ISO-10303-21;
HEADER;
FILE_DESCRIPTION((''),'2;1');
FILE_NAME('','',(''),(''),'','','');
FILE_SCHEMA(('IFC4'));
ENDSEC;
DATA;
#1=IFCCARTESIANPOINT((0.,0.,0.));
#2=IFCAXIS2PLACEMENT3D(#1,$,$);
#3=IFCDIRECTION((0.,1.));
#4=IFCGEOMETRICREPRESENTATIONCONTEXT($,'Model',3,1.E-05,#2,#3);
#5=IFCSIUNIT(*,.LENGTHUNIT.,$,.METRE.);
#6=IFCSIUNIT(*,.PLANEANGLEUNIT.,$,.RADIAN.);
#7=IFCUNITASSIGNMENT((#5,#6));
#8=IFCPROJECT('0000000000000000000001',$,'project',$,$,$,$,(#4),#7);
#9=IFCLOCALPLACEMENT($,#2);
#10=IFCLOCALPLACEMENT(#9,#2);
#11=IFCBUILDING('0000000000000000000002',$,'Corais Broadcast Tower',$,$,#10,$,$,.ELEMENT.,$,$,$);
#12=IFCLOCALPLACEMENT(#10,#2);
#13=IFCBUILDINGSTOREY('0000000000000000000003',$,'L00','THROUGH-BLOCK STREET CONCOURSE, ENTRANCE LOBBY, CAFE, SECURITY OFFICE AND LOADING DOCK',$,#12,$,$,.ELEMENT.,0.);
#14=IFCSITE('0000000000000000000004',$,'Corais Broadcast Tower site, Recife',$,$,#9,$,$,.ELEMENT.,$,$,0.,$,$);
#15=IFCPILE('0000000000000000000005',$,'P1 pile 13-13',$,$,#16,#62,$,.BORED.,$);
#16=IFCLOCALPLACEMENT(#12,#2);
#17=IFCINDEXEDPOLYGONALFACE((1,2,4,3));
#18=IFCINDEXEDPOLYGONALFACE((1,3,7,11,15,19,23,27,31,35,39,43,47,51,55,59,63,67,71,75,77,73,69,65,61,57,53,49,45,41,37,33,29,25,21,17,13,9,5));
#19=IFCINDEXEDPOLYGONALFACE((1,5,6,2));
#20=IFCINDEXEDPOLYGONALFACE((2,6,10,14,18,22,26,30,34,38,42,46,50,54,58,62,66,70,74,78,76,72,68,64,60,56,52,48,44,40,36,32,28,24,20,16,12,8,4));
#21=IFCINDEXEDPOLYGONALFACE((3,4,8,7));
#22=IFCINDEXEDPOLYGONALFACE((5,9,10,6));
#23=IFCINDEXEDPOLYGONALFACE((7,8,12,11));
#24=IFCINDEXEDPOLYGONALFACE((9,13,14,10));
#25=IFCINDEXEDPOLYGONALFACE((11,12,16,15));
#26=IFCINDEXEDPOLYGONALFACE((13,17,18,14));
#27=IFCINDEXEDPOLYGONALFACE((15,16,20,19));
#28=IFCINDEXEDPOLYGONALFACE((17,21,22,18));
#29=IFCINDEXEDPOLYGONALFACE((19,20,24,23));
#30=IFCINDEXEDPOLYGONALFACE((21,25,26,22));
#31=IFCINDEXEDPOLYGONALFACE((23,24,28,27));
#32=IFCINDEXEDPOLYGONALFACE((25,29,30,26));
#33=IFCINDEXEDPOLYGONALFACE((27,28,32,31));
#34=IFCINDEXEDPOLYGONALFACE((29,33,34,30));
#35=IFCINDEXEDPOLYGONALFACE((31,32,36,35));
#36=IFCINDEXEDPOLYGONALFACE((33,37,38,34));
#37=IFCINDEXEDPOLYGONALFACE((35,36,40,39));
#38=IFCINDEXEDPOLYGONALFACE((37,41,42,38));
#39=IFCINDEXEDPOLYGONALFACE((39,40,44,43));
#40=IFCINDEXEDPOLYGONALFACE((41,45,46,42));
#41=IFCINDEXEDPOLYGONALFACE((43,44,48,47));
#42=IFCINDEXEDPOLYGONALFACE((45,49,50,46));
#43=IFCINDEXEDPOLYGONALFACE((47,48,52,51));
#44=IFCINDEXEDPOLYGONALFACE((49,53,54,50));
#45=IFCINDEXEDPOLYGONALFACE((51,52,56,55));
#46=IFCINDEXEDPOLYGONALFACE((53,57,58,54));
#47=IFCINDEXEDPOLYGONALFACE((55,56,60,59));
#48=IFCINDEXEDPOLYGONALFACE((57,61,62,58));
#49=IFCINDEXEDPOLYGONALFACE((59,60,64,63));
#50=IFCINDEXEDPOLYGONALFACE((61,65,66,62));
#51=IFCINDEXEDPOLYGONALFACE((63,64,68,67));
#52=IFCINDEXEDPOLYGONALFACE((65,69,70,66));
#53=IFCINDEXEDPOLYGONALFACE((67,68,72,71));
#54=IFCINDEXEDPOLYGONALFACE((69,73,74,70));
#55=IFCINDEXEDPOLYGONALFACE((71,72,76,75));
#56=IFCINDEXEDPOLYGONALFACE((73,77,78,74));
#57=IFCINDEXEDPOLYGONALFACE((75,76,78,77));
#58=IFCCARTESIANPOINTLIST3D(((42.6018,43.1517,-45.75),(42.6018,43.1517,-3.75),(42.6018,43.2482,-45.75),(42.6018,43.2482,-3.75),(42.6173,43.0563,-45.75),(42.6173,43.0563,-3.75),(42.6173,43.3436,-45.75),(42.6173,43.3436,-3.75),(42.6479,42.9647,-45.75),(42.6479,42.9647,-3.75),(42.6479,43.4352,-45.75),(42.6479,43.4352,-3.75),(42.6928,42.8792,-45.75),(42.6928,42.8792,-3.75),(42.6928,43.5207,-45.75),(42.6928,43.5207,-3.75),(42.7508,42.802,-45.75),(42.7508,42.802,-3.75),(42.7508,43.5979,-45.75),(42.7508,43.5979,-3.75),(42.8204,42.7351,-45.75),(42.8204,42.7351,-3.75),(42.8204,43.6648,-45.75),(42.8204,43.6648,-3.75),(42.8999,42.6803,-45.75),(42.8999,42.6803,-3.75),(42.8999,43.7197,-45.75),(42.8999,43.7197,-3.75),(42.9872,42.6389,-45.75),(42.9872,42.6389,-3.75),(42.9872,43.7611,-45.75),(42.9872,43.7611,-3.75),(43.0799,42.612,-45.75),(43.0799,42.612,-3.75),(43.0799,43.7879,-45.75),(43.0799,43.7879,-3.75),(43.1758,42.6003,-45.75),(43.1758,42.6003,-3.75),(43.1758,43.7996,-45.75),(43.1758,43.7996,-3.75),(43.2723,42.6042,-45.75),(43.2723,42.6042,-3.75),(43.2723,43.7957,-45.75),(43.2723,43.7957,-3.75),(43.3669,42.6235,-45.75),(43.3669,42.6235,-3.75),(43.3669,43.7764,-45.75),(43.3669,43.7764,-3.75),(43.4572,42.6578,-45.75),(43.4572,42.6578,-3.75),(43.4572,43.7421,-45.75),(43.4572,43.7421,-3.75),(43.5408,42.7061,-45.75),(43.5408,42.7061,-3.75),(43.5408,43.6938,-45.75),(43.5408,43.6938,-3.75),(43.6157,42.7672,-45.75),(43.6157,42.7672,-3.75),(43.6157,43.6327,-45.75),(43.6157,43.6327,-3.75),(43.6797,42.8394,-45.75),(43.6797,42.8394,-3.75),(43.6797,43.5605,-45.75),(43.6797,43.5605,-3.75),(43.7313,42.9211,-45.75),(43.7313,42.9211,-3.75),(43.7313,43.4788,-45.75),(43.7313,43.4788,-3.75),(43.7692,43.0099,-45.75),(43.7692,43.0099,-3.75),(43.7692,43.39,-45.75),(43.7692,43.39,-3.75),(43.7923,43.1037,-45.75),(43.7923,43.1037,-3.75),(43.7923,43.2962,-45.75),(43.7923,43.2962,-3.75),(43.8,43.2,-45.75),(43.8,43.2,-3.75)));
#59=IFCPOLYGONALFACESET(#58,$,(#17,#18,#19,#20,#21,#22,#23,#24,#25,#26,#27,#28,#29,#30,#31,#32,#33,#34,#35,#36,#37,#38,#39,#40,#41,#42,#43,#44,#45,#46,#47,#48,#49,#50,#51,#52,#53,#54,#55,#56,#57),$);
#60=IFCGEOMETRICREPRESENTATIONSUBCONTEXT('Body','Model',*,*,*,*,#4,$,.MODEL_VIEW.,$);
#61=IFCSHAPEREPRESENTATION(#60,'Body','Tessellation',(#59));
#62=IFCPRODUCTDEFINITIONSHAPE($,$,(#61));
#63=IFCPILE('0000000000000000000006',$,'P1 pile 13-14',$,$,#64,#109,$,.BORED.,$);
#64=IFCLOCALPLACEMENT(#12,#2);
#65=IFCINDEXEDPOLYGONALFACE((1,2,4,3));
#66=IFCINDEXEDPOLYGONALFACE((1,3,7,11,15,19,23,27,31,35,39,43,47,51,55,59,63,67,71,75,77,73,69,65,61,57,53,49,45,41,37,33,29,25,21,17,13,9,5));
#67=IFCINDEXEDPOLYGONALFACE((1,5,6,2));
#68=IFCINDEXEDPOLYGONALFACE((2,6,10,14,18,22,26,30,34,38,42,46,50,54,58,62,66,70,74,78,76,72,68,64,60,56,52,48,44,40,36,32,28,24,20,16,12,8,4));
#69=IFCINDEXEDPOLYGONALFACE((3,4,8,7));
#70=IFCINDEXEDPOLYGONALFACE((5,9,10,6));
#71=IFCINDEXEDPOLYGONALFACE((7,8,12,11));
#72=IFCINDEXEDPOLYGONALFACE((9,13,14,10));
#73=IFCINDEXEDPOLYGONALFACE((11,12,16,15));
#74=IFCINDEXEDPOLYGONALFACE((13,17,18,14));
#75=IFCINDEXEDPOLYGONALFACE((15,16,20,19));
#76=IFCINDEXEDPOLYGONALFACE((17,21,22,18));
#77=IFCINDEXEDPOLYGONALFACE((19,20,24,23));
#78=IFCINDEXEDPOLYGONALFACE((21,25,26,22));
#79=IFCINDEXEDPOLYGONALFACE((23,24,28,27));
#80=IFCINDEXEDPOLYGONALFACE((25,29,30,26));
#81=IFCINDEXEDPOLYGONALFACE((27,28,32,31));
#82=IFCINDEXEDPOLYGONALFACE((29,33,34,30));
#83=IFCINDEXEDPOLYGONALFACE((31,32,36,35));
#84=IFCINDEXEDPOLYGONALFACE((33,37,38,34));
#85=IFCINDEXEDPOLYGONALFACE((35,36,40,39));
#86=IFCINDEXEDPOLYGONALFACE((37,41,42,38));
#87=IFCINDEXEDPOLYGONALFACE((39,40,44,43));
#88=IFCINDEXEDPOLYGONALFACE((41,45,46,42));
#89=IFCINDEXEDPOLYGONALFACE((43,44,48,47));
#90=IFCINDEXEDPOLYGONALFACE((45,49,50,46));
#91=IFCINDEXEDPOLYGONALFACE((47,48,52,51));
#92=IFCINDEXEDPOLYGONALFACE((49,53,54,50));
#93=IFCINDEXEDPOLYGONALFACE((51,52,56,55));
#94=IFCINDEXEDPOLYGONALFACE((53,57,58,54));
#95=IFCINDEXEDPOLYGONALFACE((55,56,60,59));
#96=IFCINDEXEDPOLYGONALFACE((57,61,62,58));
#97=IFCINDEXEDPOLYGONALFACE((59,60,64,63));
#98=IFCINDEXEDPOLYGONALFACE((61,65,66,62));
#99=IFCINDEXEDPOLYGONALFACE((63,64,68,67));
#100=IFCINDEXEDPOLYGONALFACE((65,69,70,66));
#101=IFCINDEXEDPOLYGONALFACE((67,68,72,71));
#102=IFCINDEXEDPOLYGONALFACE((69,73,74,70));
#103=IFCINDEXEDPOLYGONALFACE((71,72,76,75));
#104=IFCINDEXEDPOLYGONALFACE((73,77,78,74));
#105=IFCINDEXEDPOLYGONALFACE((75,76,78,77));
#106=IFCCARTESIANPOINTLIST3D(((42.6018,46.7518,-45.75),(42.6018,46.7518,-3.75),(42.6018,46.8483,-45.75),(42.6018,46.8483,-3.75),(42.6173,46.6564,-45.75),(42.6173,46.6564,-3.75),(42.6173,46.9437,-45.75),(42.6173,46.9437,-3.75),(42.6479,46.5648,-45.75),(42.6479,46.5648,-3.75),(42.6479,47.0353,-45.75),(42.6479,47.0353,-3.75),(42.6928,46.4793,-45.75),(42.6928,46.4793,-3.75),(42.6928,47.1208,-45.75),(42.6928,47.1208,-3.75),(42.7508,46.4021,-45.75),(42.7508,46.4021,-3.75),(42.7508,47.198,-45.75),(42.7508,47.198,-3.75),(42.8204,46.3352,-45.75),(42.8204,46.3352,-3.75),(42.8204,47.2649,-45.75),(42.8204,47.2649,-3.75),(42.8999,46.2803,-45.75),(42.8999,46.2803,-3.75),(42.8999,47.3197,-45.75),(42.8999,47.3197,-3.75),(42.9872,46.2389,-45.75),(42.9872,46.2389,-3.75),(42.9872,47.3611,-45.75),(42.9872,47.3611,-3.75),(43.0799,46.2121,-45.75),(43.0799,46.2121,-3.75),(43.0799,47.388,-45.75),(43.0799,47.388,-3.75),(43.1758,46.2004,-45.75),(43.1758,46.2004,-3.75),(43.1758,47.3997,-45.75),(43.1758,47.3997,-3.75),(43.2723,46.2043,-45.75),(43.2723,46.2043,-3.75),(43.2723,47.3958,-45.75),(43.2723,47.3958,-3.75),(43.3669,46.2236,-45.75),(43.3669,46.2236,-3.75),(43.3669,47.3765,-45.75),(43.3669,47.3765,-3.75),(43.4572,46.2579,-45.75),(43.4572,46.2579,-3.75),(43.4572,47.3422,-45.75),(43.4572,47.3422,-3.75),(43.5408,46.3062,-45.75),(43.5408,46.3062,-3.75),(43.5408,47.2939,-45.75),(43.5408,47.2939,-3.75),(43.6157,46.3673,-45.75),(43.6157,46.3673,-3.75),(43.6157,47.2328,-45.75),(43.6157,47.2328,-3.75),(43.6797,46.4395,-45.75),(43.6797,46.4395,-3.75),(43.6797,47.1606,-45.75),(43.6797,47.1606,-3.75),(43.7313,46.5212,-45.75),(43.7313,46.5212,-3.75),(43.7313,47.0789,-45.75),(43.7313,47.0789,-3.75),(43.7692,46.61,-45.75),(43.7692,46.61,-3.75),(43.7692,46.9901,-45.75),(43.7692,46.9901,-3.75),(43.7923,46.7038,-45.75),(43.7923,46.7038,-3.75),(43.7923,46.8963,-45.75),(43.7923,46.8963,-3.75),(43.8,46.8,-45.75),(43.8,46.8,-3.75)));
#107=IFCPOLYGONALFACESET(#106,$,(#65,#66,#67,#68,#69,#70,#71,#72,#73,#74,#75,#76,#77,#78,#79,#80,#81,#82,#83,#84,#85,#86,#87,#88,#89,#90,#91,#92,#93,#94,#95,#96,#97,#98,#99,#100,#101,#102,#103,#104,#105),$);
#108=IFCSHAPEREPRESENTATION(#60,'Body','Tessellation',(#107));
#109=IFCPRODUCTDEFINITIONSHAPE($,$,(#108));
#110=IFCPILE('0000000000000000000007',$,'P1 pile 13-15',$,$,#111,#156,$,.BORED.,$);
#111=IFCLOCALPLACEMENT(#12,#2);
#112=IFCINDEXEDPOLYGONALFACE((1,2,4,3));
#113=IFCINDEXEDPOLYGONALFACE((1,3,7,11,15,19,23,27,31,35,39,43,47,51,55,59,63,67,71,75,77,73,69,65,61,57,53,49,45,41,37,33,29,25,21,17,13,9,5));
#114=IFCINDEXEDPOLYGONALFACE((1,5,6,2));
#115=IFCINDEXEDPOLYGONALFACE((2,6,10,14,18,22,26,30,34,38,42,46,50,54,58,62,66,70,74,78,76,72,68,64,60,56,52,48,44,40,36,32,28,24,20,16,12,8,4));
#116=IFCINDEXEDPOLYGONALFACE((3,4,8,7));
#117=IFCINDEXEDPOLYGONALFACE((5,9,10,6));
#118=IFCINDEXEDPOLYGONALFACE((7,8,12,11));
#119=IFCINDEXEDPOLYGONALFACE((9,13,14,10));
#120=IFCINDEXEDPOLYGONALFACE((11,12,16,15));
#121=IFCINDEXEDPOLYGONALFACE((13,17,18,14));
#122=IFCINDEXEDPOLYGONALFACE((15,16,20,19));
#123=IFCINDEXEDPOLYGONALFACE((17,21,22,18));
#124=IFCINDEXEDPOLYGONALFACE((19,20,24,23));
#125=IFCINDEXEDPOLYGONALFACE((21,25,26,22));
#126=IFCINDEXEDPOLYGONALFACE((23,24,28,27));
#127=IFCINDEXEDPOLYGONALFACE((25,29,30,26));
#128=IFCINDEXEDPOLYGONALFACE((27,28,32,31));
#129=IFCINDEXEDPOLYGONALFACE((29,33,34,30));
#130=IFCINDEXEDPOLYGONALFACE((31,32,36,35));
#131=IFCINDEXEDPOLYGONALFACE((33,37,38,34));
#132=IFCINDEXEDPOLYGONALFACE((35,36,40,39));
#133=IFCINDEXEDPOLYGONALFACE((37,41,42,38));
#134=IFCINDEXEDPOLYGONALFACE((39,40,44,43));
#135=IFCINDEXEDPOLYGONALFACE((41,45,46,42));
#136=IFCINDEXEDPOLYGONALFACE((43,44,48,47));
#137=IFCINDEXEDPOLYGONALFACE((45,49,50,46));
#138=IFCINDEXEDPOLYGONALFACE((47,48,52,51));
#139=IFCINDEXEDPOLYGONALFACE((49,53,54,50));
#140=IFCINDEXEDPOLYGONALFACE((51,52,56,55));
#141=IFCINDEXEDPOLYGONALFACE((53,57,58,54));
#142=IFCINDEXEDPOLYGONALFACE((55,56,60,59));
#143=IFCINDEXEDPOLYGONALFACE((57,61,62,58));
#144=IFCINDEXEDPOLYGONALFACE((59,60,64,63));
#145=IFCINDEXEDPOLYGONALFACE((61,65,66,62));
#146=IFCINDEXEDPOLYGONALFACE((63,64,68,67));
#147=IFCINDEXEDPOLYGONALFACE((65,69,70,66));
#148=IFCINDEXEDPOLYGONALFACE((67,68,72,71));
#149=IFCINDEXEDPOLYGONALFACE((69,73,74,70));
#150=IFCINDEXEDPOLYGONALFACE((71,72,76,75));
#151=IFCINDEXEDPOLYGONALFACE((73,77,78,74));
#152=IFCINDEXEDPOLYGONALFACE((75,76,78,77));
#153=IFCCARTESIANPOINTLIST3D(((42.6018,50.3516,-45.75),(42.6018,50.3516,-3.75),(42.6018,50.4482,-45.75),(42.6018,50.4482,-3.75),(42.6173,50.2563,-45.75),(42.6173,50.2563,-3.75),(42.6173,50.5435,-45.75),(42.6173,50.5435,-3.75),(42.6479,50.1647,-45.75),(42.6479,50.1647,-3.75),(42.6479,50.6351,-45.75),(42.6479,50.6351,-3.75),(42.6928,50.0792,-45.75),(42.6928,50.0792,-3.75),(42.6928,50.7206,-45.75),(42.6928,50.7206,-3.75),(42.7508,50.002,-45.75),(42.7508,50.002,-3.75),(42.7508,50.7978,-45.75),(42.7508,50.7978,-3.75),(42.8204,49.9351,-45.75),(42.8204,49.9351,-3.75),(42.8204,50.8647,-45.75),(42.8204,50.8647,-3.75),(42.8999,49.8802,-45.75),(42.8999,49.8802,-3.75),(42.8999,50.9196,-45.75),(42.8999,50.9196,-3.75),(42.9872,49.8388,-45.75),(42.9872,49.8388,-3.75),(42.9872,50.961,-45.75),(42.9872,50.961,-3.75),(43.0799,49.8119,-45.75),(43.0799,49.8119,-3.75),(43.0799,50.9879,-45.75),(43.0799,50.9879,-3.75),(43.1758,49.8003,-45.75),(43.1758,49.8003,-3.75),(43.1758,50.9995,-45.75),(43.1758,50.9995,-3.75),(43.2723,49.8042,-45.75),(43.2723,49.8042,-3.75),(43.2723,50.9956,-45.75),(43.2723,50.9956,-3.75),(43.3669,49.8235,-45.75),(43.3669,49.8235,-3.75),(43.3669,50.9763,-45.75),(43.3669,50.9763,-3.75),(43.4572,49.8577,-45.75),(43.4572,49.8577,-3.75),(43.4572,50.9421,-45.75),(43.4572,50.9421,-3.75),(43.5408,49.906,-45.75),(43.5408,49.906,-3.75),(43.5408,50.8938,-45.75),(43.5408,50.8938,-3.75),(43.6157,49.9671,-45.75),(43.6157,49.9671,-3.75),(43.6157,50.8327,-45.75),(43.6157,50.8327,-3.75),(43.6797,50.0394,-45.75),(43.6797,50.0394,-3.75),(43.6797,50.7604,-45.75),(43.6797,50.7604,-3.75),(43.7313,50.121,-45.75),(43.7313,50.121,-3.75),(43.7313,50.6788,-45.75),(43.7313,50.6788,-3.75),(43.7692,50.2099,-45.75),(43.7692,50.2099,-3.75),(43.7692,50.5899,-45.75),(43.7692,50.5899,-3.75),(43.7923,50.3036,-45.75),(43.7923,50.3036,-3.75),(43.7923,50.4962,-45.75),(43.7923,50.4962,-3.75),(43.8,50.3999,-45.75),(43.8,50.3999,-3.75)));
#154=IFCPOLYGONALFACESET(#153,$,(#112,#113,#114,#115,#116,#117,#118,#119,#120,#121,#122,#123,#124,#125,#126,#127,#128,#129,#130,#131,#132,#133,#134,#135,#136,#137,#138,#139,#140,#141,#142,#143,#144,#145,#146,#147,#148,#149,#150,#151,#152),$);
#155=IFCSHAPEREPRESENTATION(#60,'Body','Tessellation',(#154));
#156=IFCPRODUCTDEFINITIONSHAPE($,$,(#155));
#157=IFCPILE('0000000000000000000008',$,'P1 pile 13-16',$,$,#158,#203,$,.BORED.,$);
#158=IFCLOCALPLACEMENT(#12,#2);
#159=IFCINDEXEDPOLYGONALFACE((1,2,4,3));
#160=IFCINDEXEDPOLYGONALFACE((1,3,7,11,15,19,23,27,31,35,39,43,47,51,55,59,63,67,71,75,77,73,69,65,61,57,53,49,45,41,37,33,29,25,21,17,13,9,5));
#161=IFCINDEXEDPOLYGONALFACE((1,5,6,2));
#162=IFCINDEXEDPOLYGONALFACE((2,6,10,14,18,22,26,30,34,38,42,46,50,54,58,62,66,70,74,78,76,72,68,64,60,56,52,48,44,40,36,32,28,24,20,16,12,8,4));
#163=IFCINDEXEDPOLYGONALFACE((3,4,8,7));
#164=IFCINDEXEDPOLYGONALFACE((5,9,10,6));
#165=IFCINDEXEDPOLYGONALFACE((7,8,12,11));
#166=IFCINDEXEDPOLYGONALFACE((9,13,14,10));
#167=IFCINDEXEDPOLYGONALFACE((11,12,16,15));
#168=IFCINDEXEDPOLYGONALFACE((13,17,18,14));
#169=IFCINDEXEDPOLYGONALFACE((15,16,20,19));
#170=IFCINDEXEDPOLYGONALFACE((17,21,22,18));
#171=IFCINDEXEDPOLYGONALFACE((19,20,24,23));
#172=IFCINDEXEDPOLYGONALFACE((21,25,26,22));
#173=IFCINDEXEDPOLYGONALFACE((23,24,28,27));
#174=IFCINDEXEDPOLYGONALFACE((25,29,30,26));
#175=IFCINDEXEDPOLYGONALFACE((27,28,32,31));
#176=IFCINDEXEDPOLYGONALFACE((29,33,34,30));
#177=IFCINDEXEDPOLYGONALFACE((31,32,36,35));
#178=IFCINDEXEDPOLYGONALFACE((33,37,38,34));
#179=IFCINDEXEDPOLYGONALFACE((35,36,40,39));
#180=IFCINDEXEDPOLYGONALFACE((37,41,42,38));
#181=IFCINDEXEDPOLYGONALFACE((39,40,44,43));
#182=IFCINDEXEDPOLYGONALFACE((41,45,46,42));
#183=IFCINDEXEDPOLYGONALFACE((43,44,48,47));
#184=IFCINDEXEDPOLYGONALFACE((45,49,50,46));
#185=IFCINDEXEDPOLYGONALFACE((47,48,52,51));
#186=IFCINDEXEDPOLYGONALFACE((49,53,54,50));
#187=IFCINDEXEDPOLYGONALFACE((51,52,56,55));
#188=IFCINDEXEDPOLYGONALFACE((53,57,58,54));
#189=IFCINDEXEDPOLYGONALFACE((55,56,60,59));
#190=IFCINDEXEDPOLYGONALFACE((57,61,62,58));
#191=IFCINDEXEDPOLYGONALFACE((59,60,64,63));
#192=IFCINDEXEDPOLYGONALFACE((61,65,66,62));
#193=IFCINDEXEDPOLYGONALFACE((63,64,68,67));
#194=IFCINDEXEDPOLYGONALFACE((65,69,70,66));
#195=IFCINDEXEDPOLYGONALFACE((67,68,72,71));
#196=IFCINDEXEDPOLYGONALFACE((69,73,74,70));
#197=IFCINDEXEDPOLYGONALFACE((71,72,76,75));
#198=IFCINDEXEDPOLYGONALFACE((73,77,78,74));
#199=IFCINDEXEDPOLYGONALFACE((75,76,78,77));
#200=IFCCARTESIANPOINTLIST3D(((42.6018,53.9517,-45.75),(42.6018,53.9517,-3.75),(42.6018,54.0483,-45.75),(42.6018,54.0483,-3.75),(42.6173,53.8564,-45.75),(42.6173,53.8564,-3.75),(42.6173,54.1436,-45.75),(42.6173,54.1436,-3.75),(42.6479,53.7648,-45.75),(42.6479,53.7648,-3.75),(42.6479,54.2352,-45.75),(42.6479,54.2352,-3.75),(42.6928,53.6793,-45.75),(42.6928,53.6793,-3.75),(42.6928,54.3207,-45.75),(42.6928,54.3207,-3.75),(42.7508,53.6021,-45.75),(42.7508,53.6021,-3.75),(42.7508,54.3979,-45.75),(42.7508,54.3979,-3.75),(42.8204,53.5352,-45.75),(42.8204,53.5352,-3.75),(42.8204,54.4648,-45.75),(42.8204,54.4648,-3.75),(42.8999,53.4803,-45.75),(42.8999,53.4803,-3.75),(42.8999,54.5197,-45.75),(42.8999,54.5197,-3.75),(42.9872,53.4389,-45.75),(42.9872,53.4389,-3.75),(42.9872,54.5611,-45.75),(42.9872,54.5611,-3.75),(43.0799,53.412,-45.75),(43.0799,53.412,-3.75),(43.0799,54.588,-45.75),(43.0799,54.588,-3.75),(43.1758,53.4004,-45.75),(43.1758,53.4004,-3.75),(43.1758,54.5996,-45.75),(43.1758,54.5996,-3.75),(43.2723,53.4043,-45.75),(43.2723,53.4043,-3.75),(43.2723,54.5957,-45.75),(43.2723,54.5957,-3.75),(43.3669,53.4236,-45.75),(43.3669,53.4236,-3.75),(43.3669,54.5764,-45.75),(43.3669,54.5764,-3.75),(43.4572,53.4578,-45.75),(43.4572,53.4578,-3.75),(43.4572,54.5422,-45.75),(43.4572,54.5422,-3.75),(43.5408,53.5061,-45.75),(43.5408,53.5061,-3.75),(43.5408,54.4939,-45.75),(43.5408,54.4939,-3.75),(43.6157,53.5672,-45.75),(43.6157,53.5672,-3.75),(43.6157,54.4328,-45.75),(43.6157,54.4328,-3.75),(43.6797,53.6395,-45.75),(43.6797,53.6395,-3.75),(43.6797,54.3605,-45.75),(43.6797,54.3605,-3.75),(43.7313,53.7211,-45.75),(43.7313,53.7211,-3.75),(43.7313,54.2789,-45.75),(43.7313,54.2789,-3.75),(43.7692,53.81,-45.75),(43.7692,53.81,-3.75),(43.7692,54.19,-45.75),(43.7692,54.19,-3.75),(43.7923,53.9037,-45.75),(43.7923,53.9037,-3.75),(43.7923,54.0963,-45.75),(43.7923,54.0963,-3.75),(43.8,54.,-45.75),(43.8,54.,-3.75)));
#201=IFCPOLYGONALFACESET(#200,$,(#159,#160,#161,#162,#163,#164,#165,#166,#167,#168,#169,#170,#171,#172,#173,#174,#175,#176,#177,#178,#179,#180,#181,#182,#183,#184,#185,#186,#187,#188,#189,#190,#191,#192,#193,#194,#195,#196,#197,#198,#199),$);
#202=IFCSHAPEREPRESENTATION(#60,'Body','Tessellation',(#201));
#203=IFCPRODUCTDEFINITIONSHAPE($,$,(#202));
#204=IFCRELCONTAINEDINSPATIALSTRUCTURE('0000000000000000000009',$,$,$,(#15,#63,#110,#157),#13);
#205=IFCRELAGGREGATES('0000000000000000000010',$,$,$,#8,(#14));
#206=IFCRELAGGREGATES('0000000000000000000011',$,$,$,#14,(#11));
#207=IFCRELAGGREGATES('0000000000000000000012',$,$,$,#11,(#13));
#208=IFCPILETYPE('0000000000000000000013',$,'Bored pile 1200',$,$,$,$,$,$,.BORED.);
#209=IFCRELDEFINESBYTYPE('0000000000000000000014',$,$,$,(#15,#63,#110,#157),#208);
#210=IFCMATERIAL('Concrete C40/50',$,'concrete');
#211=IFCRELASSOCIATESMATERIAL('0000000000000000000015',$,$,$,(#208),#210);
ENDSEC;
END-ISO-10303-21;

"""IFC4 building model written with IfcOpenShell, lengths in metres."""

from ifc_helpers import new_model, si_unit, direction, frame, origin, origin_2d, place, context, subcontext, project, spatial, circle, extrude, material, type_object, element, save


model = new_model("IFC4")

# Units and contexts
model_context = context("Model", 3, precision=1e-05, world=origin(), true_north=direction((0.0, 1.0)))
body_context = subcontext(model_context, "Body", "Model", "MODEL_VIEW")
ifc_project = project(units=[si_unit("LENGTHUNIT", "METRE"), si_unit("PLANEANGLEUNIT", "RADIAN")], contexts=[model_context])

# Site, building, storey
site_placement = place(None, origin())
site = spatial("IfcSite", under=ifc_project, at=site_placement, Name="Corais Broadcast Tower site, Recife", CompositionType="ELEMENT", RefElevation=0.0)
building_placement = place(site_placement, origin())
building = spatial("IfcBuilding", under=site, at=building_placement, Name="Corais Broadcast Tower", CompositionType="ELEMENT")
storey_placement = place(building_placement, origin())
storey = spatial("IfcBuildingStorey", under=building, at=storey_placement, Name="L00", Description="THROUGH-BLOCK STREET CONCOURSE, ENTRANCE LOBBY, CAFE, SECURITY OFFICE AND LOADING DOCK", CompositionType="ELEMENT", Elevation=0.0)

# Piles
ifc_material_1 = material(Name="Concrete C40/50", Category="concrete")
pile_type = type_object("IfcPileType", Name="Bored pile 1200", PredefinedType="BORED", material=ifc_material_1)
for number, where, z_axis, x_axis, name in (
    (1, (43.2, 43.2, -3.75), (0.0, 0.0, -1.0), (1.0, 0.0, 0.0), "P1 pile 13-13"),
    (2, (43.2, 46.8, -3.75), (0.0, 0.0, -1.0), (1.0, 0.0, 0.0), "P1 pile 13-14"),
    (3, (43.2, 50.3999, -3.75), (0.0, 0.0, -1.0), (1.0, 0.0, 0.0), "P1 pile 13-15"),
    (4, (43.2, 54.0, -3.75), (0.0, 0.0, -1.0), (1.0, 0.0, 0.0), "P1 pile 13-16"),
):
    element("IfcPile", number, at=place(storey_placement, frame(where, z_axis=z_axis, x_axis=x_axis)), inside=storey, type_object=pile_type, Name=name, PredefinedType="BORED", context=body_context, shape_type="SweptSolid", body=[
        extrude(circle(Radius=0.6001, at=origin_2d()), origin(), (0.0, 0.0, 1.0), 42.0),
    ])

save(model, "model.ifc")
